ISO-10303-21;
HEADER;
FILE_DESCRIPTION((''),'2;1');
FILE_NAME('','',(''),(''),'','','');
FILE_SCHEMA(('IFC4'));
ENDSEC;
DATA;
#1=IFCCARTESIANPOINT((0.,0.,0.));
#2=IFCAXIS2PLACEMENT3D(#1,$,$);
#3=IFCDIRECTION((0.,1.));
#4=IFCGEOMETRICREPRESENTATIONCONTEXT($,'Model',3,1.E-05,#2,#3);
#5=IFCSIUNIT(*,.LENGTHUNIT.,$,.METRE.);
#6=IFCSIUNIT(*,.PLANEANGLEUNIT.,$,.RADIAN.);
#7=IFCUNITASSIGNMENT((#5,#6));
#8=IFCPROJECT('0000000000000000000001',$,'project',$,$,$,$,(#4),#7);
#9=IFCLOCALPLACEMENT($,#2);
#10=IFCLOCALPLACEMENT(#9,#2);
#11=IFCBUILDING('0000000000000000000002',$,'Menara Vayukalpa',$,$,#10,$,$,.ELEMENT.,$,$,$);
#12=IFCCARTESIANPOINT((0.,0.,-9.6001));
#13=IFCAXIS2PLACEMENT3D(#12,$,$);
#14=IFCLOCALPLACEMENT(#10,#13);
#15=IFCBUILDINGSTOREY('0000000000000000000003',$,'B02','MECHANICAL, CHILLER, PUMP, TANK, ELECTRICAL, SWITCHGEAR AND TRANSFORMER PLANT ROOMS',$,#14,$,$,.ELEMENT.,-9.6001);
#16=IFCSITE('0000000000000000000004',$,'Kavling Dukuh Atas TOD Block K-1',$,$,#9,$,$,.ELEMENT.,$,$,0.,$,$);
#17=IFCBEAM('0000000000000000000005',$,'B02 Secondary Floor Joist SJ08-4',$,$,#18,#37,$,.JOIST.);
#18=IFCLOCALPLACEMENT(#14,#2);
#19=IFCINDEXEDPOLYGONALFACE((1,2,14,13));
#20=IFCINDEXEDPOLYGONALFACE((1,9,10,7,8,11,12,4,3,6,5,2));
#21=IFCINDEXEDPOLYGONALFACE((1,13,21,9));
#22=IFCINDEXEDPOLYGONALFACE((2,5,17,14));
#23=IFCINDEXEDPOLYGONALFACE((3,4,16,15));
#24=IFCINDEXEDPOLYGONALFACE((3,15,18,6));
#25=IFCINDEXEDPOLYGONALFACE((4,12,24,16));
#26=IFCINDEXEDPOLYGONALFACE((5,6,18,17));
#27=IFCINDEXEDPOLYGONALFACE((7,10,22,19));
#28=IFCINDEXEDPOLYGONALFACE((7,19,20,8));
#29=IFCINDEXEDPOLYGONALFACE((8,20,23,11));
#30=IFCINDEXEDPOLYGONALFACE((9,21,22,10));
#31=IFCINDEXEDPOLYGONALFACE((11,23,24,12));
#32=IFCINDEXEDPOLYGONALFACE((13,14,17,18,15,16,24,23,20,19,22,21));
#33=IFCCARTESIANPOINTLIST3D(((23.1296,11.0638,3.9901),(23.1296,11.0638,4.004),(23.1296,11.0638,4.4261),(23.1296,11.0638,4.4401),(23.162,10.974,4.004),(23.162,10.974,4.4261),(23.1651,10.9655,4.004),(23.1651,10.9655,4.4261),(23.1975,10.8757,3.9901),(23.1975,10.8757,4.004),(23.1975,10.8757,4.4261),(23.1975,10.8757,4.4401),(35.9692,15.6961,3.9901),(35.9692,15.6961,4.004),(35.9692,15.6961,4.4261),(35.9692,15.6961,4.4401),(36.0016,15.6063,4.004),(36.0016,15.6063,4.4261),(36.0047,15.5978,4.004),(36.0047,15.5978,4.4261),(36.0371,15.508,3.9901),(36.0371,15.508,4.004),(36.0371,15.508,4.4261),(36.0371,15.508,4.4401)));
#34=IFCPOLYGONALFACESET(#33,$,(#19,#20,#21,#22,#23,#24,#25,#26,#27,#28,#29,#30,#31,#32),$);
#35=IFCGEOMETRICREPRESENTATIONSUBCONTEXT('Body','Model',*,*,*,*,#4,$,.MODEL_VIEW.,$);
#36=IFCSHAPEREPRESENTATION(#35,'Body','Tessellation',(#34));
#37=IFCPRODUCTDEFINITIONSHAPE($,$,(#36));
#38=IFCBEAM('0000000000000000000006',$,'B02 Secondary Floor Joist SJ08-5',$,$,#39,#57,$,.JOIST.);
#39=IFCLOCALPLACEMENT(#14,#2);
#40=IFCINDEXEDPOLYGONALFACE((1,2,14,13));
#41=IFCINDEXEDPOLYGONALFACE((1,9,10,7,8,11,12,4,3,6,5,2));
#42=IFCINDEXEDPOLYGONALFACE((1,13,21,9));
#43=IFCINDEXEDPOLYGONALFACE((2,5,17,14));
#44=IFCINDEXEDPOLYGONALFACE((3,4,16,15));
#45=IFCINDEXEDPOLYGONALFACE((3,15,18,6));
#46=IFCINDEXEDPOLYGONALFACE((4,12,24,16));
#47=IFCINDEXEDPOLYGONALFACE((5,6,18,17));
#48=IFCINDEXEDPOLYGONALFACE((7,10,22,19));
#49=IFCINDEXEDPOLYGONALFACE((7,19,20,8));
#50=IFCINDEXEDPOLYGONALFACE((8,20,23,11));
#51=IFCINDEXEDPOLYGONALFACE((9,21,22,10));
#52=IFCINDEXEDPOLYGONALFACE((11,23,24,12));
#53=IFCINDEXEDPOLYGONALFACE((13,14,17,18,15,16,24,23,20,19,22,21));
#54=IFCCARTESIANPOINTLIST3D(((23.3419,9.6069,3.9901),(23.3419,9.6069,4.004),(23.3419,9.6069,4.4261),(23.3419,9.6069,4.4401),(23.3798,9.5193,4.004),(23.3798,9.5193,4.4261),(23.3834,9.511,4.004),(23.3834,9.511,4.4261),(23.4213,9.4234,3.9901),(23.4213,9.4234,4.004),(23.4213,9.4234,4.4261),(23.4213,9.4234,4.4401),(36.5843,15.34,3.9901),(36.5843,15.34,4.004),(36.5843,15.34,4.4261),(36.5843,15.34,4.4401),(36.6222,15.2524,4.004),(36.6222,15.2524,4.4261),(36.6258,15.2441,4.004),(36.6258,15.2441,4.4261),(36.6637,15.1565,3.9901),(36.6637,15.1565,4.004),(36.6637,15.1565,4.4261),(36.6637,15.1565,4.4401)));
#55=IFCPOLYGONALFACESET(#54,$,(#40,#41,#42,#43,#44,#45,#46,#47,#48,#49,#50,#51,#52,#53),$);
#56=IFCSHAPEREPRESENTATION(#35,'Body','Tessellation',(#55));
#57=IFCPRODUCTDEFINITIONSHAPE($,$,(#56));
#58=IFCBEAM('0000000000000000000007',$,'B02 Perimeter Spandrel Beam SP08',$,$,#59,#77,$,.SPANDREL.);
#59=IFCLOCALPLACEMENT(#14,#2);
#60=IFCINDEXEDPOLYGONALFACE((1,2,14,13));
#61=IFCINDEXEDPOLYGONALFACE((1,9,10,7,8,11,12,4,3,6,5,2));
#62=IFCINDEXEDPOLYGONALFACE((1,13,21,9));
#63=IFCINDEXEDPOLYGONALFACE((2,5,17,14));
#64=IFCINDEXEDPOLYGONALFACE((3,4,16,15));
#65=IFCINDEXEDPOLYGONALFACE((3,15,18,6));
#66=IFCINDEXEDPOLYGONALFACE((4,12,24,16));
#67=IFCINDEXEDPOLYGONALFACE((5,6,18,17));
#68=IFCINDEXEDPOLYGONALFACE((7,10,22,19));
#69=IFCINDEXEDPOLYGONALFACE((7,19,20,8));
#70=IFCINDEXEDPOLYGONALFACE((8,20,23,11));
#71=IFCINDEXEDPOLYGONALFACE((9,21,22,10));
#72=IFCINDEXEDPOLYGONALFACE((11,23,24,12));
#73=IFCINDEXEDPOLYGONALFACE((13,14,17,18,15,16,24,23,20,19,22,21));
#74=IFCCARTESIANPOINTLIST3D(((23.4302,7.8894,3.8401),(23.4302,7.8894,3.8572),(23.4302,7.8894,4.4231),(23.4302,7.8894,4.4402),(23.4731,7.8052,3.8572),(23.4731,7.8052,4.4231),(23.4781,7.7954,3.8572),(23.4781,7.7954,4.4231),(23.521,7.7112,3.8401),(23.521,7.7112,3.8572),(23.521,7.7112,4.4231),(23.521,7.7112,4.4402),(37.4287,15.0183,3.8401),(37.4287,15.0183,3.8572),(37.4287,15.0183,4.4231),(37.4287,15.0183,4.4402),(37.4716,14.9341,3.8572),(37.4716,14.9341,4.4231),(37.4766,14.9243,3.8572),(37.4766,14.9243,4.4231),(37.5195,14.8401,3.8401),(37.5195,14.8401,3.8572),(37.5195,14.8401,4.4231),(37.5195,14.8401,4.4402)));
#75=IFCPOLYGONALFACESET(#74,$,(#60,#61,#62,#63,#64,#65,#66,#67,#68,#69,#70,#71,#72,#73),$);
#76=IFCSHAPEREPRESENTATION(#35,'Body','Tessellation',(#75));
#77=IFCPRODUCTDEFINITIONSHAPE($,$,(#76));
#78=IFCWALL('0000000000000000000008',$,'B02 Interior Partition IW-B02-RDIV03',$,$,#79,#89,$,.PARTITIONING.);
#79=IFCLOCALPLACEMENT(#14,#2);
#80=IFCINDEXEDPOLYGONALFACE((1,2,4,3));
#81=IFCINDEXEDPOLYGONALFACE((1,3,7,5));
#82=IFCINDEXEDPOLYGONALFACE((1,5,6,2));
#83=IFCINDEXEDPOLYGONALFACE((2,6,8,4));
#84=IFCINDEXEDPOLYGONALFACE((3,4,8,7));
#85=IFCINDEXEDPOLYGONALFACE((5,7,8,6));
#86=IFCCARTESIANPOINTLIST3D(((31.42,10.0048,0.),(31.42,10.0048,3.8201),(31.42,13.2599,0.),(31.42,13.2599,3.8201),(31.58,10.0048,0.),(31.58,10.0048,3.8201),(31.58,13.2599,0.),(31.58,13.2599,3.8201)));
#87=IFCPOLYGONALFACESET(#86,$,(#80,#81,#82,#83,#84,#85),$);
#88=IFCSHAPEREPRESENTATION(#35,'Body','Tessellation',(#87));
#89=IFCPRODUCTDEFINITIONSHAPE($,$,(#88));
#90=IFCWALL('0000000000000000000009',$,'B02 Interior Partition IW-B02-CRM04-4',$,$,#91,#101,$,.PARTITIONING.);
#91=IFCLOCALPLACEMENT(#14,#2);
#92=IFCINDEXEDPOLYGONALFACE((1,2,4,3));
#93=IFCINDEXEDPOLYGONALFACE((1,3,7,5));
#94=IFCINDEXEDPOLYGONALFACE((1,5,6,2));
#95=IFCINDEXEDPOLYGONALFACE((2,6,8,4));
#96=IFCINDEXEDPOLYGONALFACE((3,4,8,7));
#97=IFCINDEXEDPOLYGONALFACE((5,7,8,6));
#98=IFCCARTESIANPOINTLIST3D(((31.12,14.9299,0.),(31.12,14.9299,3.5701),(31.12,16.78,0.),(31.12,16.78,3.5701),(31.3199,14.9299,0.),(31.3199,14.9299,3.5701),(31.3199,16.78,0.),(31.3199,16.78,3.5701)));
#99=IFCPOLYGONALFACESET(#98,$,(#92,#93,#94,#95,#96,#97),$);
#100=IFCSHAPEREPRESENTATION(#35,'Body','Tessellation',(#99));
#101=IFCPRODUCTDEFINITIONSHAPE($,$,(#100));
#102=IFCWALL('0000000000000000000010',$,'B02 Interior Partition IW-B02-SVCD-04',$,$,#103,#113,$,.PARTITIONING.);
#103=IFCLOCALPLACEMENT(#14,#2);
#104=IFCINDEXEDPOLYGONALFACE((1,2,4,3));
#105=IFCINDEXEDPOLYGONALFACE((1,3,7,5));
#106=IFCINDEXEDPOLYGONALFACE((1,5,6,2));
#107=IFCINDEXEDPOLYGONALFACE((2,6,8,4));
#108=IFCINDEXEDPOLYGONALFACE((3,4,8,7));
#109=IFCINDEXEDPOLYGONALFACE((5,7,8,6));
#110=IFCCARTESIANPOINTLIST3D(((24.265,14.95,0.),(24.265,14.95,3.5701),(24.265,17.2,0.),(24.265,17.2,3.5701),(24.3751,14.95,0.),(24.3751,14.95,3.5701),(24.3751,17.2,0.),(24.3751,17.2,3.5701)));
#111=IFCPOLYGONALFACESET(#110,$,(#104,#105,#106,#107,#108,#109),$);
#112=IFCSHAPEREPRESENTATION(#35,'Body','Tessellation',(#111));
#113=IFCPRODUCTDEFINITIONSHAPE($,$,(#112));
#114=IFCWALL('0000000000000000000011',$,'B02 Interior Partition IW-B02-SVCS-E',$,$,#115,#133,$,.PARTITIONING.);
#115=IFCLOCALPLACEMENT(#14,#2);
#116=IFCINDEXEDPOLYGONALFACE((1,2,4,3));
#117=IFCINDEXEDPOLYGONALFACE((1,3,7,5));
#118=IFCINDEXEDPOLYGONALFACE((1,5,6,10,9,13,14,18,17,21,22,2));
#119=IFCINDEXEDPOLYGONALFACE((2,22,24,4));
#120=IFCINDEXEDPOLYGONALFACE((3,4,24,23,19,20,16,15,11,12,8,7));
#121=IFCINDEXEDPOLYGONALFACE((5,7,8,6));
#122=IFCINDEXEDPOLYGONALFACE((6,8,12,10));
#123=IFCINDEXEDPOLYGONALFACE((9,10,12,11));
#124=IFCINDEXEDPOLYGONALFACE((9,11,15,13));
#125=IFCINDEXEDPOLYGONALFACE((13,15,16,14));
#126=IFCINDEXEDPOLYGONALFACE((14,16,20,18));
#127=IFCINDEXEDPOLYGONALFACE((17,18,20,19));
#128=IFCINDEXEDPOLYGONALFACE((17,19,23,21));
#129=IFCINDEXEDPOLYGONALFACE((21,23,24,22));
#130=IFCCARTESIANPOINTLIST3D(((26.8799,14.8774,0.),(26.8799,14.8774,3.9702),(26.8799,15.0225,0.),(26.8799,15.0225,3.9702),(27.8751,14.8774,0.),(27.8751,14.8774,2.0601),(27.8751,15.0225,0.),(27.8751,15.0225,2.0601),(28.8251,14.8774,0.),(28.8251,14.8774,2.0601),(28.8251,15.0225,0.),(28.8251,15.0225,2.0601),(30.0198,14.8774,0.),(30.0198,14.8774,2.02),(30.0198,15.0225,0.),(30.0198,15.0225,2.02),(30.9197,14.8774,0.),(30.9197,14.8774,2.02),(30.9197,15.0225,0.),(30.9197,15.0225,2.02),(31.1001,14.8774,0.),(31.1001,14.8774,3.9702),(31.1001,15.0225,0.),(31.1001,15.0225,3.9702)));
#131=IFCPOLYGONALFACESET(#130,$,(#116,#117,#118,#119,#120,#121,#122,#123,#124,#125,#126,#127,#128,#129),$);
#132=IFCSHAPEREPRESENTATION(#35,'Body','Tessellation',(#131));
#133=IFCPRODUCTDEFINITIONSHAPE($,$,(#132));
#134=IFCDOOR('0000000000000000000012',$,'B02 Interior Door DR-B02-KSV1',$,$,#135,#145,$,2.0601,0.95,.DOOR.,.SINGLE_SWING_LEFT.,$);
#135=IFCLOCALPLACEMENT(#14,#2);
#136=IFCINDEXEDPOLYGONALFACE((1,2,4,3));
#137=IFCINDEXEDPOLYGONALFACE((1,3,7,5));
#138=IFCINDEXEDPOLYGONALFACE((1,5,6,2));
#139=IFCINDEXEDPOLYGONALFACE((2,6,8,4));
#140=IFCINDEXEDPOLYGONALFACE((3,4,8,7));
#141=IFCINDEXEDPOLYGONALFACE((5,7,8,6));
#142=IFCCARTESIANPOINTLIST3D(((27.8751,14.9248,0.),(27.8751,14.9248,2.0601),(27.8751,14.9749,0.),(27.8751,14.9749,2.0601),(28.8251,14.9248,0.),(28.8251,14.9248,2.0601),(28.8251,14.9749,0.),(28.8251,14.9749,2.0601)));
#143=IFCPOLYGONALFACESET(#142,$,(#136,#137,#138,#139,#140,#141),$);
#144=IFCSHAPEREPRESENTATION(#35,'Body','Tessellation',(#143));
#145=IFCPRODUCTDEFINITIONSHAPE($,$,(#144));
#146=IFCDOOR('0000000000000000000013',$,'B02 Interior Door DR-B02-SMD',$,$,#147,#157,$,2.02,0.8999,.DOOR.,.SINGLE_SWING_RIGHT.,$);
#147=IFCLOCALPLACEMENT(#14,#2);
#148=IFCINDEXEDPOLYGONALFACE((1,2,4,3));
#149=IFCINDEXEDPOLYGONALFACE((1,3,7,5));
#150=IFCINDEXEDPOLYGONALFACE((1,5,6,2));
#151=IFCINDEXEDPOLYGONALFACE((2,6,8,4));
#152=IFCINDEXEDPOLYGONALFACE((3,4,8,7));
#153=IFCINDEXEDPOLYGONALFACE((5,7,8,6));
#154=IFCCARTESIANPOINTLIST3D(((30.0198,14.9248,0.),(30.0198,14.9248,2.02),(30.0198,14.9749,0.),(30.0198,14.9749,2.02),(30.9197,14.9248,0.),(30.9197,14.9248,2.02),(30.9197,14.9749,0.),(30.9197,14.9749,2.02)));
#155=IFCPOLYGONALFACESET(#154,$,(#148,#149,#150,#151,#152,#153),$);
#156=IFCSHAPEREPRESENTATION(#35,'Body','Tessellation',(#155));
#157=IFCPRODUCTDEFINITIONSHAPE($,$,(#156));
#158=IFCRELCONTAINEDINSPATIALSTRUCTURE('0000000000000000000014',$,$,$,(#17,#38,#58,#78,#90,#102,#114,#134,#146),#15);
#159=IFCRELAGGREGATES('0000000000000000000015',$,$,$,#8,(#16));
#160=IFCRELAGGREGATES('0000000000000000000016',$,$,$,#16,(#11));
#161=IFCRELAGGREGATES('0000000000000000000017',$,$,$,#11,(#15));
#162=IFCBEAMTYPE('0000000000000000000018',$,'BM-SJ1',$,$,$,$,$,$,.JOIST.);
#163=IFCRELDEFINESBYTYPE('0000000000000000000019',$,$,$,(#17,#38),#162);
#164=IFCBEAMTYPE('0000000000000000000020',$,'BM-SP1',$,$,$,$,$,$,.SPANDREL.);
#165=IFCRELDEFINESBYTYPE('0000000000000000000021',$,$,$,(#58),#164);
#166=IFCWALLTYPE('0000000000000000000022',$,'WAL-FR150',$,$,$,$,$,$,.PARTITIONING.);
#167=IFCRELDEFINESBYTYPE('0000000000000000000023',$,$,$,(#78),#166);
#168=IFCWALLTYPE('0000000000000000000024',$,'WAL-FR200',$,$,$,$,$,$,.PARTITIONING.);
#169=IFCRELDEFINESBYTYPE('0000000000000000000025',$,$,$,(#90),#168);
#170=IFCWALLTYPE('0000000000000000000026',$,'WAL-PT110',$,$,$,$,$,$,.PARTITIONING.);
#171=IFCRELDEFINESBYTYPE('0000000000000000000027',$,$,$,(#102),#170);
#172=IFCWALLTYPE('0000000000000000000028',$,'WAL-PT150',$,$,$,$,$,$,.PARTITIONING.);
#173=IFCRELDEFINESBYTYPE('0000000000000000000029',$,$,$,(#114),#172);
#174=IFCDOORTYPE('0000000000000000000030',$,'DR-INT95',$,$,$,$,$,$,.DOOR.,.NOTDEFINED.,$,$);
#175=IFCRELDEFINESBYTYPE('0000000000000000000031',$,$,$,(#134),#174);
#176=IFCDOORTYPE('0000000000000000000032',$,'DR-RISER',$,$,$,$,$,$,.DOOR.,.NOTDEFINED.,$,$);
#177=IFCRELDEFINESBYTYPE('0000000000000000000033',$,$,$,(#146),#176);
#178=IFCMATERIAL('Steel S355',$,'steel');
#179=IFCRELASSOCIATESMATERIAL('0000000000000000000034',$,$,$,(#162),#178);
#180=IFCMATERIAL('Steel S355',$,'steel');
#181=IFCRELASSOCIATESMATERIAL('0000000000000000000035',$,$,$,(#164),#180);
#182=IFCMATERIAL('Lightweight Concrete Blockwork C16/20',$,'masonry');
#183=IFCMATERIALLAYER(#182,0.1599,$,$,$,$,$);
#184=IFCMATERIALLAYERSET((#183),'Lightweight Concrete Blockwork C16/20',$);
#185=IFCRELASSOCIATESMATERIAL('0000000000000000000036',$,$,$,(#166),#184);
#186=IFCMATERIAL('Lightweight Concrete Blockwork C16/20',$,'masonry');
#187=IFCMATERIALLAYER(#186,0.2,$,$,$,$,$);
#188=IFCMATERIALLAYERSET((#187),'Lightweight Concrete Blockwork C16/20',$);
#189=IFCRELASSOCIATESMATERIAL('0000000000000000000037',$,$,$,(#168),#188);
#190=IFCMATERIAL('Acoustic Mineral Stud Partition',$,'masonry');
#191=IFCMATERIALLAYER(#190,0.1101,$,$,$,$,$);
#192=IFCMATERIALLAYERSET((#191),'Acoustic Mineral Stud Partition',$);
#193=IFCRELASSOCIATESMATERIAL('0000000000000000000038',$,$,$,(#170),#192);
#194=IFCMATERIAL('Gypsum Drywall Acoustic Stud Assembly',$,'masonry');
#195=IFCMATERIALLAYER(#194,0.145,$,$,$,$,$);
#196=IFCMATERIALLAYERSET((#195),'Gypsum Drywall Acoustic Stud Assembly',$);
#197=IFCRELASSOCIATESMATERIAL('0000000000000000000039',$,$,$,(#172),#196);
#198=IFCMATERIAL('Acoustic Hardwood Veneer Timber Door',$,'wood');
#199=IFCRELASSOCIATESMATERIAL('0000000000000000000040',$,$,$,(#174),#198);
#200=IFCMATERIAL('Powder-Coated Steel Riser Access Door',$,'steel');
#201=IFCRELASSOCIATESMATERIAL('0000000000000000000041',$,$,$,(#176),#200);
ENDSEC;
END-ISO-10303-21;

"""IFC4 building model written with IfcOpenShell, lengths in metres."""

from ifc_helpers import new_model, si_unit, direction, frame, frame_2d, origin, origin_2d, place, context, subcontext, project, spatial, rectangle, i_section, extrude, material, layer, layer_set, material_profile, profile_set, type_object, element, fill, save


model = new_model("IFC4")

# Units and contexts
model_context = context("Model", 3, precision=1e-05, world=origin(), true_north=direction((0.0, 1.0)))
body_context = subcontext(model_context, "Body", "Model", "MODEL_VIEW")
ifc_project = project(units=[si_unit("LENGTHUNIT", "METRE"), si_unit("PLANEANGLEUNIT", "RADIAN")], contexts=[model_context])

# Site, building, storey
site_placement = place(None, origin())
site = spatial("IfcSite", under=ifc_project, at=site_placement, Name="Kavling Dukuh Atas TOD Block K-1", CompositionType="ELEMENT", RefElevation=0.0)
building_placement = place(site_placement, origin())
building = spatial("IfcBuilding", under=site, at=building_placement, Name="Menara Vayukalpa", CompositionType="ELEMENT")
storey_placement = place(building_placement, frame((0.0, 0.0, -9.6001)))
storey = spatial("IfcBuildingStorey", under=building, at=storey_placement, Name="B02", Description="MECHANICAL, CHILLER, PUMP, TANK, ELECTRICAL, SWITCHGEAR AND TRANSFORMER PLANT ROOMS", CompositionType="ELEMENT", Elevation=-9.6001)

# Beams
ifc_material_1 = material(Name="Steel S355", Category="steel")
ifc_material_profile_1 = material_profile(ifc_material_1, i_section(OverallWidth=0.2, OverallDepth=0.45, WebThickness=0.009, FlangeThickness=0.0139, at=origin_2d()), Name="WF 450x200x9x14")
ifc_profile_set_1 = profile_set([ifc_material_profile_1], Name="Steel S355")
beam_type_1 = type_object("IfcBeamType", Name="BM-SJ1", PredefinedType="JOIST", material=ifc_profile_set_1)
beam_1_placement = place(storey_placement, frame((23.1636, 10.9697, 4.2151), z_axis=(0.940652, 0.339372, 0.0), x_axis=(-0.339372, 0.940652, 0.0)))
element("IfcBeam", 1, at=beam_1_placement, inside=storey, type_object=beam_type_1, Name="B02 Secondary Floor Joist SJ08-4", PredefinedType="JOIST", context=body_context, shape_type="SweptSolid", body=[
    extrude(i_section(OverallWidth=0.2, OverallDepth=0.45, WebThickness=0.009, FlangeThickness=0.0139, at=origin_2d()), origin(), (0.0, 0.0, 1.0), 13.6497),
])
beam_2_placement = place(storey_placement, frame((23.3816, 9.5151, 4.2151), z_axis=(0.917688, 0.397302, 0.0), x_axis=(-0.397302, 0.917688, 0.0)))
element("IfcBeam", 2, at=beam_2_placement, inside=storey, type_object=beam_type_1, Name="B02 Secondary Floor Joist SJ08-5", PredefinedType="JOIST", context=body_context, shape_type="SweptSolid", body=[
    extrude(i_section(OverallWidth=0.2, OverallDepth=0.45, WebThickness=0.009, FlangeThickness=0.0139, at=origin_2d()), origin(), (0.0, 0.0, 1.0), 14.4302),
])
ifc_material_2 = material(Name="Steel S355", Category="steel")
ifc_material_profile_2 = material_profile(ifc_material_2, i_section(OverallWidth=0.2, OverallDepth=0.6001, WebThickness=0.011, FlangeThickness=0.0171, at=origin_2d()), Name="WF 600x200x11x17")
ifc_profile_set_2 = profile_set([ifc_material_profile_2], Name="Steel S355")
beam_type_2 = type_object("IfcBeamType", Name="BM-SP1", PredefinedType="SPANDREL", material=ifc_profile_set_2)
beam_3_placement = place(storey_placement, frame((23.4756, 7.8003, 4.1401), z_axis=(0.891102, 0.453803, 0.0), x_axis=(-0.453803, 0.891102, 0.0)))
element("IfcBeam", 3, at=beam_3_placement, inside=storey, type_object=beam_type_2, Name="B02 Perimeter Spandrel Beam SP08", PredefinedType="SPANDREL", context=body_context, shape_type="SweptSolid", body=[
    extrude(i_section(OverallWidth=0.2, OverallDepth=0.6001, WebThickness=0.011, FlangeThickness=0.0171, at=origin_2d()), origin(), (0.0, 0.0, 1.0), 15.7092),
])

# Walls
ifc_material_3 = material(Name="Lightweight Concrete Blockwork C16/20", Category="masonry")
ifc_layer_1 = layer(ifc_material_3, 0.1599)
ifc_layer_set_1 = layer_set([ifc_layer_1], Name="Lightweight Concrete Blockwork C16/20")
wall_type_1 = type_object("IfcWallType", Name="WAL-FR150", PredefinedType="PARTITIONING", material=ifc_layer_set_1)
wall_1_placement = place(storey_placement, frame((31.5, 10.0049, 0.0), z_axis=(0.0, 0.0, 1.0), x_axis=(0.0, 1.0, 0.0)))
element("IfcWall", 4, at=wall_1_placement, inside=storey, type_object=wall_type_1, Name="B02 Interior Partition IW-B02-RDIV03", PredefinedType="PARTITIONING", context=body_context, shape_type="SweptSolid", body=[
    extrude(rectangle(XDim=3.2551, YDim=0.1599, at=frame_2d((1.6274, 0.0))), origin(), (0.0, 0.0, 1.0), 3.8201),
])
ifc_material_4 = material(Name="Lightweight Concrete Blockwork C16/20", Category="masonry")
ifc_layer_2 = layer(ifc_material_4, 0.2)
ifc_layer_set_2 = layer_set([ifc_layer_2], Name="Lightweight Concrete Blockwork C16/20")
wall_type_2 = type_object("IfcWallType", Name="WAL-FR200", PredefinedType="PARTITIONING", material=ifc_layer_set_2)
wall_2_placement = place(storey_placement, frame((31.22, 14.9299, 0.0), z_axis=(0.0, 0.0, 1.0), x_axis=(0.0, 1.0, 0.0)))
element("IfcWall", 5, at=wall_2_placement, inside=storey, type_object=wall_type_2, Name="B02 Interior Partition IW-B02-CRM04-4", PredefinedType="PARTITIONING", context=body_context, shape_type="SweptSolid", body=[
    extrude(rectangle(XDim=1.8501, YDim=0.2, at=frame_2d((0.925, 0.0))), origin(), (0.0, 0.0, 1.0), 3.5701),
])
ifc_material_5 = material(Name="Acoustic Mineral Stud Partition", Category="masonry")
ifc_layer_3 = layer(ifc_material_5, 0.1101)
ifc_layer_set_3 = layer_set([ifc_layer_3], Name="Acoustic Mineral Stud Partition")
wall_type_3 = type_object("IfcWallType", Name="WAL-PT110", PredefinedType="PARTITIONING", material=ifc_layer_set_3)
wall_3_placement = place(storey_placement, frame((24.3201, 14.95, 0.0), z_axis=(0.0, 0.0, 1.0), x_axis=(0.0, 1.0, 0.0)))
element("IfcWall", 6, at=wall_3_placement, inside=storey, type_object=wall_type_3, Name="B02 Interior Partition IW-B02-SVCD-04", PredefinedType="PARTITIONING", context=body_context, shape_type="SweptSolid", body=[
    extrude(rectangle(XDim=2.25, YDim=0.1101, at=frame_2d((1.125, 0.0))), origin(), (0.0, 0.0, 1.0), 3.5701),
])

# Wall, openings, doors
ifc_material_6 = material(Name="Gypsum Drywall Acoustic Stud Assembly", Category="masonry")
ifc_layer_4 = layer(ifc_material_6, 0.145)
ifc_layer_set_4 = layer_set([ifc_layer_4], Name="Gypsum Drywall Acoustic Stud Assembly")
wall_type_4 = type_object("IfcWallType", Name="WAL-PT150", PredefinedType="PARTITIONING", material=ifc_layer_set_4)
wall_4_placement = place(storey_placement, frame((26.8799, 14.95, 0.0), z_axis=(0.0, 0.0, 1.0), x_axis=(1.0, 0.0, 0.0)))
wall_4 = element("IfcWall", 7, at=wall_4_placement, inside=storey, type_object=wall_type_4, Name="B02 Interior Partition IW-B02-SVCS-E", PredefinedType="PARTITIONING", context=body_context, shape_type="SweptSolid", body=[
    extrude(rectangle(XDim=4.2202, YDim=0.145, at=frame_2d((2.1101, 0.0))), origin(), (0.0, 0.0, 1.0), 3.9702),
])
opening_1_placement = place(wall_4_placement, frame((0.9951, 0.0, 0.0)))
opening_1 = element("IfcOpeningElement", 8, at=opening_1_placement, cuts=wall_4, PredefinedType="OPENING", context=body_context, shape_type="SweptSolid", body=[
    extrude(rectangle(XDim=0.95, YDim=2.0601, at=frame_2d((0.4751, 1.03))), frame((0.0, 0.0825, 0.0), z_axis=(0.0, -1.0, 0.0), x_axis=(1.0, 0.0, 0.0)), (0.0, 0.0, 1.0), 0.165),
])
opening_2_placement = place(wall_4_placement, frame((3.1399, 0.0, 0.0)))
opening_2 = element("IfcOpeningElement", 9, at=opening_2_placement, cuts=wall_4, PredefinedType="OPENING", context=body_context, shape_type="SweptSolid", body=[
    extrude(rectangle(XDim=0.8999, YDim=2.02, at=frame_2d((0.45, 1.01))), frame((0.0, 0.0825, 0.0), z_axis=(0.0, -1.0, 0.0), x_axis=(1.0, 0.0, 0.0)), (0.0, 0.0, 1.0), 0.165),
])
ifc_material_7 = material(Name="Acoustic Hardwood Veneer Timber Door", Category="wood")
door_type_1 = type_object("IfcDoorType", Name="DR-INT95", OperationType="NOTDEFINED", PredefinedType="DOOR", material=ifc_material_7)
door_1_placement = place(opening_1_placement, origin())
door_1 = element("IfcDoor", 10, at=door_1_placement, inside=storey, type_object=door_type_1, Name="B02 Interior Door DR-B02-KSV1", OperationType="SINGLE_SWING_LEFT", OverallHeight=2.0601, OverallWidth=0.95, PredefinedType="DOOR", context=body_context, shape_type="SweptSolid", body=[
    extrude(rectangle(XDim=0.95, YDim=2.0601, at=frame_2d((0.4751, 1.03))), frame((0.0, 0.0249, 0.0), z_axis=(0.0, -1.0, 0.0), x_axis=(1.0, 0.0, 0.0)), (0.0, 0.0, 1.0), 0.05),
])
fill(opening_1, door_1)
ifc_material_8 = material(Name="Powder-Coated Steel Riser Access Door", Category="steel")
door_type_2 = type_object("IfcDoorType", Name="DR-RISER", OperationType="NOTDEFINED", PredefinedType="DOOR", material=ifc_material_8)
door_2_placement = place(opening_2_placement, origin())
door_2 = element("IfcDoor", 11, at=door_2_placement, inside=storey, type_object=door_type_2, Name="B02 Interior Door DR-B02-SMD", OperationType="SINGLE_SWING_RIGHT", OverallHeight=2.02, OverallWidth=0.8999, PredefinedType="DOOR", context=body_context, shape_type="SweptSolid", body=[
    extrude(rectangle(XDim=0.8999, YDim=2.02, at=frame_2d((0.45, 1.01))), frame((0.0, 0.0249, 0.0), z_axis=(0.0, -1.0, 0.0), x_axis=(1.0, 0.0, 0.0)), (0.0, 0.0, 1.0), 0.05),
])
fill(opening_2, door_2)

save(model, "model.ifc")
